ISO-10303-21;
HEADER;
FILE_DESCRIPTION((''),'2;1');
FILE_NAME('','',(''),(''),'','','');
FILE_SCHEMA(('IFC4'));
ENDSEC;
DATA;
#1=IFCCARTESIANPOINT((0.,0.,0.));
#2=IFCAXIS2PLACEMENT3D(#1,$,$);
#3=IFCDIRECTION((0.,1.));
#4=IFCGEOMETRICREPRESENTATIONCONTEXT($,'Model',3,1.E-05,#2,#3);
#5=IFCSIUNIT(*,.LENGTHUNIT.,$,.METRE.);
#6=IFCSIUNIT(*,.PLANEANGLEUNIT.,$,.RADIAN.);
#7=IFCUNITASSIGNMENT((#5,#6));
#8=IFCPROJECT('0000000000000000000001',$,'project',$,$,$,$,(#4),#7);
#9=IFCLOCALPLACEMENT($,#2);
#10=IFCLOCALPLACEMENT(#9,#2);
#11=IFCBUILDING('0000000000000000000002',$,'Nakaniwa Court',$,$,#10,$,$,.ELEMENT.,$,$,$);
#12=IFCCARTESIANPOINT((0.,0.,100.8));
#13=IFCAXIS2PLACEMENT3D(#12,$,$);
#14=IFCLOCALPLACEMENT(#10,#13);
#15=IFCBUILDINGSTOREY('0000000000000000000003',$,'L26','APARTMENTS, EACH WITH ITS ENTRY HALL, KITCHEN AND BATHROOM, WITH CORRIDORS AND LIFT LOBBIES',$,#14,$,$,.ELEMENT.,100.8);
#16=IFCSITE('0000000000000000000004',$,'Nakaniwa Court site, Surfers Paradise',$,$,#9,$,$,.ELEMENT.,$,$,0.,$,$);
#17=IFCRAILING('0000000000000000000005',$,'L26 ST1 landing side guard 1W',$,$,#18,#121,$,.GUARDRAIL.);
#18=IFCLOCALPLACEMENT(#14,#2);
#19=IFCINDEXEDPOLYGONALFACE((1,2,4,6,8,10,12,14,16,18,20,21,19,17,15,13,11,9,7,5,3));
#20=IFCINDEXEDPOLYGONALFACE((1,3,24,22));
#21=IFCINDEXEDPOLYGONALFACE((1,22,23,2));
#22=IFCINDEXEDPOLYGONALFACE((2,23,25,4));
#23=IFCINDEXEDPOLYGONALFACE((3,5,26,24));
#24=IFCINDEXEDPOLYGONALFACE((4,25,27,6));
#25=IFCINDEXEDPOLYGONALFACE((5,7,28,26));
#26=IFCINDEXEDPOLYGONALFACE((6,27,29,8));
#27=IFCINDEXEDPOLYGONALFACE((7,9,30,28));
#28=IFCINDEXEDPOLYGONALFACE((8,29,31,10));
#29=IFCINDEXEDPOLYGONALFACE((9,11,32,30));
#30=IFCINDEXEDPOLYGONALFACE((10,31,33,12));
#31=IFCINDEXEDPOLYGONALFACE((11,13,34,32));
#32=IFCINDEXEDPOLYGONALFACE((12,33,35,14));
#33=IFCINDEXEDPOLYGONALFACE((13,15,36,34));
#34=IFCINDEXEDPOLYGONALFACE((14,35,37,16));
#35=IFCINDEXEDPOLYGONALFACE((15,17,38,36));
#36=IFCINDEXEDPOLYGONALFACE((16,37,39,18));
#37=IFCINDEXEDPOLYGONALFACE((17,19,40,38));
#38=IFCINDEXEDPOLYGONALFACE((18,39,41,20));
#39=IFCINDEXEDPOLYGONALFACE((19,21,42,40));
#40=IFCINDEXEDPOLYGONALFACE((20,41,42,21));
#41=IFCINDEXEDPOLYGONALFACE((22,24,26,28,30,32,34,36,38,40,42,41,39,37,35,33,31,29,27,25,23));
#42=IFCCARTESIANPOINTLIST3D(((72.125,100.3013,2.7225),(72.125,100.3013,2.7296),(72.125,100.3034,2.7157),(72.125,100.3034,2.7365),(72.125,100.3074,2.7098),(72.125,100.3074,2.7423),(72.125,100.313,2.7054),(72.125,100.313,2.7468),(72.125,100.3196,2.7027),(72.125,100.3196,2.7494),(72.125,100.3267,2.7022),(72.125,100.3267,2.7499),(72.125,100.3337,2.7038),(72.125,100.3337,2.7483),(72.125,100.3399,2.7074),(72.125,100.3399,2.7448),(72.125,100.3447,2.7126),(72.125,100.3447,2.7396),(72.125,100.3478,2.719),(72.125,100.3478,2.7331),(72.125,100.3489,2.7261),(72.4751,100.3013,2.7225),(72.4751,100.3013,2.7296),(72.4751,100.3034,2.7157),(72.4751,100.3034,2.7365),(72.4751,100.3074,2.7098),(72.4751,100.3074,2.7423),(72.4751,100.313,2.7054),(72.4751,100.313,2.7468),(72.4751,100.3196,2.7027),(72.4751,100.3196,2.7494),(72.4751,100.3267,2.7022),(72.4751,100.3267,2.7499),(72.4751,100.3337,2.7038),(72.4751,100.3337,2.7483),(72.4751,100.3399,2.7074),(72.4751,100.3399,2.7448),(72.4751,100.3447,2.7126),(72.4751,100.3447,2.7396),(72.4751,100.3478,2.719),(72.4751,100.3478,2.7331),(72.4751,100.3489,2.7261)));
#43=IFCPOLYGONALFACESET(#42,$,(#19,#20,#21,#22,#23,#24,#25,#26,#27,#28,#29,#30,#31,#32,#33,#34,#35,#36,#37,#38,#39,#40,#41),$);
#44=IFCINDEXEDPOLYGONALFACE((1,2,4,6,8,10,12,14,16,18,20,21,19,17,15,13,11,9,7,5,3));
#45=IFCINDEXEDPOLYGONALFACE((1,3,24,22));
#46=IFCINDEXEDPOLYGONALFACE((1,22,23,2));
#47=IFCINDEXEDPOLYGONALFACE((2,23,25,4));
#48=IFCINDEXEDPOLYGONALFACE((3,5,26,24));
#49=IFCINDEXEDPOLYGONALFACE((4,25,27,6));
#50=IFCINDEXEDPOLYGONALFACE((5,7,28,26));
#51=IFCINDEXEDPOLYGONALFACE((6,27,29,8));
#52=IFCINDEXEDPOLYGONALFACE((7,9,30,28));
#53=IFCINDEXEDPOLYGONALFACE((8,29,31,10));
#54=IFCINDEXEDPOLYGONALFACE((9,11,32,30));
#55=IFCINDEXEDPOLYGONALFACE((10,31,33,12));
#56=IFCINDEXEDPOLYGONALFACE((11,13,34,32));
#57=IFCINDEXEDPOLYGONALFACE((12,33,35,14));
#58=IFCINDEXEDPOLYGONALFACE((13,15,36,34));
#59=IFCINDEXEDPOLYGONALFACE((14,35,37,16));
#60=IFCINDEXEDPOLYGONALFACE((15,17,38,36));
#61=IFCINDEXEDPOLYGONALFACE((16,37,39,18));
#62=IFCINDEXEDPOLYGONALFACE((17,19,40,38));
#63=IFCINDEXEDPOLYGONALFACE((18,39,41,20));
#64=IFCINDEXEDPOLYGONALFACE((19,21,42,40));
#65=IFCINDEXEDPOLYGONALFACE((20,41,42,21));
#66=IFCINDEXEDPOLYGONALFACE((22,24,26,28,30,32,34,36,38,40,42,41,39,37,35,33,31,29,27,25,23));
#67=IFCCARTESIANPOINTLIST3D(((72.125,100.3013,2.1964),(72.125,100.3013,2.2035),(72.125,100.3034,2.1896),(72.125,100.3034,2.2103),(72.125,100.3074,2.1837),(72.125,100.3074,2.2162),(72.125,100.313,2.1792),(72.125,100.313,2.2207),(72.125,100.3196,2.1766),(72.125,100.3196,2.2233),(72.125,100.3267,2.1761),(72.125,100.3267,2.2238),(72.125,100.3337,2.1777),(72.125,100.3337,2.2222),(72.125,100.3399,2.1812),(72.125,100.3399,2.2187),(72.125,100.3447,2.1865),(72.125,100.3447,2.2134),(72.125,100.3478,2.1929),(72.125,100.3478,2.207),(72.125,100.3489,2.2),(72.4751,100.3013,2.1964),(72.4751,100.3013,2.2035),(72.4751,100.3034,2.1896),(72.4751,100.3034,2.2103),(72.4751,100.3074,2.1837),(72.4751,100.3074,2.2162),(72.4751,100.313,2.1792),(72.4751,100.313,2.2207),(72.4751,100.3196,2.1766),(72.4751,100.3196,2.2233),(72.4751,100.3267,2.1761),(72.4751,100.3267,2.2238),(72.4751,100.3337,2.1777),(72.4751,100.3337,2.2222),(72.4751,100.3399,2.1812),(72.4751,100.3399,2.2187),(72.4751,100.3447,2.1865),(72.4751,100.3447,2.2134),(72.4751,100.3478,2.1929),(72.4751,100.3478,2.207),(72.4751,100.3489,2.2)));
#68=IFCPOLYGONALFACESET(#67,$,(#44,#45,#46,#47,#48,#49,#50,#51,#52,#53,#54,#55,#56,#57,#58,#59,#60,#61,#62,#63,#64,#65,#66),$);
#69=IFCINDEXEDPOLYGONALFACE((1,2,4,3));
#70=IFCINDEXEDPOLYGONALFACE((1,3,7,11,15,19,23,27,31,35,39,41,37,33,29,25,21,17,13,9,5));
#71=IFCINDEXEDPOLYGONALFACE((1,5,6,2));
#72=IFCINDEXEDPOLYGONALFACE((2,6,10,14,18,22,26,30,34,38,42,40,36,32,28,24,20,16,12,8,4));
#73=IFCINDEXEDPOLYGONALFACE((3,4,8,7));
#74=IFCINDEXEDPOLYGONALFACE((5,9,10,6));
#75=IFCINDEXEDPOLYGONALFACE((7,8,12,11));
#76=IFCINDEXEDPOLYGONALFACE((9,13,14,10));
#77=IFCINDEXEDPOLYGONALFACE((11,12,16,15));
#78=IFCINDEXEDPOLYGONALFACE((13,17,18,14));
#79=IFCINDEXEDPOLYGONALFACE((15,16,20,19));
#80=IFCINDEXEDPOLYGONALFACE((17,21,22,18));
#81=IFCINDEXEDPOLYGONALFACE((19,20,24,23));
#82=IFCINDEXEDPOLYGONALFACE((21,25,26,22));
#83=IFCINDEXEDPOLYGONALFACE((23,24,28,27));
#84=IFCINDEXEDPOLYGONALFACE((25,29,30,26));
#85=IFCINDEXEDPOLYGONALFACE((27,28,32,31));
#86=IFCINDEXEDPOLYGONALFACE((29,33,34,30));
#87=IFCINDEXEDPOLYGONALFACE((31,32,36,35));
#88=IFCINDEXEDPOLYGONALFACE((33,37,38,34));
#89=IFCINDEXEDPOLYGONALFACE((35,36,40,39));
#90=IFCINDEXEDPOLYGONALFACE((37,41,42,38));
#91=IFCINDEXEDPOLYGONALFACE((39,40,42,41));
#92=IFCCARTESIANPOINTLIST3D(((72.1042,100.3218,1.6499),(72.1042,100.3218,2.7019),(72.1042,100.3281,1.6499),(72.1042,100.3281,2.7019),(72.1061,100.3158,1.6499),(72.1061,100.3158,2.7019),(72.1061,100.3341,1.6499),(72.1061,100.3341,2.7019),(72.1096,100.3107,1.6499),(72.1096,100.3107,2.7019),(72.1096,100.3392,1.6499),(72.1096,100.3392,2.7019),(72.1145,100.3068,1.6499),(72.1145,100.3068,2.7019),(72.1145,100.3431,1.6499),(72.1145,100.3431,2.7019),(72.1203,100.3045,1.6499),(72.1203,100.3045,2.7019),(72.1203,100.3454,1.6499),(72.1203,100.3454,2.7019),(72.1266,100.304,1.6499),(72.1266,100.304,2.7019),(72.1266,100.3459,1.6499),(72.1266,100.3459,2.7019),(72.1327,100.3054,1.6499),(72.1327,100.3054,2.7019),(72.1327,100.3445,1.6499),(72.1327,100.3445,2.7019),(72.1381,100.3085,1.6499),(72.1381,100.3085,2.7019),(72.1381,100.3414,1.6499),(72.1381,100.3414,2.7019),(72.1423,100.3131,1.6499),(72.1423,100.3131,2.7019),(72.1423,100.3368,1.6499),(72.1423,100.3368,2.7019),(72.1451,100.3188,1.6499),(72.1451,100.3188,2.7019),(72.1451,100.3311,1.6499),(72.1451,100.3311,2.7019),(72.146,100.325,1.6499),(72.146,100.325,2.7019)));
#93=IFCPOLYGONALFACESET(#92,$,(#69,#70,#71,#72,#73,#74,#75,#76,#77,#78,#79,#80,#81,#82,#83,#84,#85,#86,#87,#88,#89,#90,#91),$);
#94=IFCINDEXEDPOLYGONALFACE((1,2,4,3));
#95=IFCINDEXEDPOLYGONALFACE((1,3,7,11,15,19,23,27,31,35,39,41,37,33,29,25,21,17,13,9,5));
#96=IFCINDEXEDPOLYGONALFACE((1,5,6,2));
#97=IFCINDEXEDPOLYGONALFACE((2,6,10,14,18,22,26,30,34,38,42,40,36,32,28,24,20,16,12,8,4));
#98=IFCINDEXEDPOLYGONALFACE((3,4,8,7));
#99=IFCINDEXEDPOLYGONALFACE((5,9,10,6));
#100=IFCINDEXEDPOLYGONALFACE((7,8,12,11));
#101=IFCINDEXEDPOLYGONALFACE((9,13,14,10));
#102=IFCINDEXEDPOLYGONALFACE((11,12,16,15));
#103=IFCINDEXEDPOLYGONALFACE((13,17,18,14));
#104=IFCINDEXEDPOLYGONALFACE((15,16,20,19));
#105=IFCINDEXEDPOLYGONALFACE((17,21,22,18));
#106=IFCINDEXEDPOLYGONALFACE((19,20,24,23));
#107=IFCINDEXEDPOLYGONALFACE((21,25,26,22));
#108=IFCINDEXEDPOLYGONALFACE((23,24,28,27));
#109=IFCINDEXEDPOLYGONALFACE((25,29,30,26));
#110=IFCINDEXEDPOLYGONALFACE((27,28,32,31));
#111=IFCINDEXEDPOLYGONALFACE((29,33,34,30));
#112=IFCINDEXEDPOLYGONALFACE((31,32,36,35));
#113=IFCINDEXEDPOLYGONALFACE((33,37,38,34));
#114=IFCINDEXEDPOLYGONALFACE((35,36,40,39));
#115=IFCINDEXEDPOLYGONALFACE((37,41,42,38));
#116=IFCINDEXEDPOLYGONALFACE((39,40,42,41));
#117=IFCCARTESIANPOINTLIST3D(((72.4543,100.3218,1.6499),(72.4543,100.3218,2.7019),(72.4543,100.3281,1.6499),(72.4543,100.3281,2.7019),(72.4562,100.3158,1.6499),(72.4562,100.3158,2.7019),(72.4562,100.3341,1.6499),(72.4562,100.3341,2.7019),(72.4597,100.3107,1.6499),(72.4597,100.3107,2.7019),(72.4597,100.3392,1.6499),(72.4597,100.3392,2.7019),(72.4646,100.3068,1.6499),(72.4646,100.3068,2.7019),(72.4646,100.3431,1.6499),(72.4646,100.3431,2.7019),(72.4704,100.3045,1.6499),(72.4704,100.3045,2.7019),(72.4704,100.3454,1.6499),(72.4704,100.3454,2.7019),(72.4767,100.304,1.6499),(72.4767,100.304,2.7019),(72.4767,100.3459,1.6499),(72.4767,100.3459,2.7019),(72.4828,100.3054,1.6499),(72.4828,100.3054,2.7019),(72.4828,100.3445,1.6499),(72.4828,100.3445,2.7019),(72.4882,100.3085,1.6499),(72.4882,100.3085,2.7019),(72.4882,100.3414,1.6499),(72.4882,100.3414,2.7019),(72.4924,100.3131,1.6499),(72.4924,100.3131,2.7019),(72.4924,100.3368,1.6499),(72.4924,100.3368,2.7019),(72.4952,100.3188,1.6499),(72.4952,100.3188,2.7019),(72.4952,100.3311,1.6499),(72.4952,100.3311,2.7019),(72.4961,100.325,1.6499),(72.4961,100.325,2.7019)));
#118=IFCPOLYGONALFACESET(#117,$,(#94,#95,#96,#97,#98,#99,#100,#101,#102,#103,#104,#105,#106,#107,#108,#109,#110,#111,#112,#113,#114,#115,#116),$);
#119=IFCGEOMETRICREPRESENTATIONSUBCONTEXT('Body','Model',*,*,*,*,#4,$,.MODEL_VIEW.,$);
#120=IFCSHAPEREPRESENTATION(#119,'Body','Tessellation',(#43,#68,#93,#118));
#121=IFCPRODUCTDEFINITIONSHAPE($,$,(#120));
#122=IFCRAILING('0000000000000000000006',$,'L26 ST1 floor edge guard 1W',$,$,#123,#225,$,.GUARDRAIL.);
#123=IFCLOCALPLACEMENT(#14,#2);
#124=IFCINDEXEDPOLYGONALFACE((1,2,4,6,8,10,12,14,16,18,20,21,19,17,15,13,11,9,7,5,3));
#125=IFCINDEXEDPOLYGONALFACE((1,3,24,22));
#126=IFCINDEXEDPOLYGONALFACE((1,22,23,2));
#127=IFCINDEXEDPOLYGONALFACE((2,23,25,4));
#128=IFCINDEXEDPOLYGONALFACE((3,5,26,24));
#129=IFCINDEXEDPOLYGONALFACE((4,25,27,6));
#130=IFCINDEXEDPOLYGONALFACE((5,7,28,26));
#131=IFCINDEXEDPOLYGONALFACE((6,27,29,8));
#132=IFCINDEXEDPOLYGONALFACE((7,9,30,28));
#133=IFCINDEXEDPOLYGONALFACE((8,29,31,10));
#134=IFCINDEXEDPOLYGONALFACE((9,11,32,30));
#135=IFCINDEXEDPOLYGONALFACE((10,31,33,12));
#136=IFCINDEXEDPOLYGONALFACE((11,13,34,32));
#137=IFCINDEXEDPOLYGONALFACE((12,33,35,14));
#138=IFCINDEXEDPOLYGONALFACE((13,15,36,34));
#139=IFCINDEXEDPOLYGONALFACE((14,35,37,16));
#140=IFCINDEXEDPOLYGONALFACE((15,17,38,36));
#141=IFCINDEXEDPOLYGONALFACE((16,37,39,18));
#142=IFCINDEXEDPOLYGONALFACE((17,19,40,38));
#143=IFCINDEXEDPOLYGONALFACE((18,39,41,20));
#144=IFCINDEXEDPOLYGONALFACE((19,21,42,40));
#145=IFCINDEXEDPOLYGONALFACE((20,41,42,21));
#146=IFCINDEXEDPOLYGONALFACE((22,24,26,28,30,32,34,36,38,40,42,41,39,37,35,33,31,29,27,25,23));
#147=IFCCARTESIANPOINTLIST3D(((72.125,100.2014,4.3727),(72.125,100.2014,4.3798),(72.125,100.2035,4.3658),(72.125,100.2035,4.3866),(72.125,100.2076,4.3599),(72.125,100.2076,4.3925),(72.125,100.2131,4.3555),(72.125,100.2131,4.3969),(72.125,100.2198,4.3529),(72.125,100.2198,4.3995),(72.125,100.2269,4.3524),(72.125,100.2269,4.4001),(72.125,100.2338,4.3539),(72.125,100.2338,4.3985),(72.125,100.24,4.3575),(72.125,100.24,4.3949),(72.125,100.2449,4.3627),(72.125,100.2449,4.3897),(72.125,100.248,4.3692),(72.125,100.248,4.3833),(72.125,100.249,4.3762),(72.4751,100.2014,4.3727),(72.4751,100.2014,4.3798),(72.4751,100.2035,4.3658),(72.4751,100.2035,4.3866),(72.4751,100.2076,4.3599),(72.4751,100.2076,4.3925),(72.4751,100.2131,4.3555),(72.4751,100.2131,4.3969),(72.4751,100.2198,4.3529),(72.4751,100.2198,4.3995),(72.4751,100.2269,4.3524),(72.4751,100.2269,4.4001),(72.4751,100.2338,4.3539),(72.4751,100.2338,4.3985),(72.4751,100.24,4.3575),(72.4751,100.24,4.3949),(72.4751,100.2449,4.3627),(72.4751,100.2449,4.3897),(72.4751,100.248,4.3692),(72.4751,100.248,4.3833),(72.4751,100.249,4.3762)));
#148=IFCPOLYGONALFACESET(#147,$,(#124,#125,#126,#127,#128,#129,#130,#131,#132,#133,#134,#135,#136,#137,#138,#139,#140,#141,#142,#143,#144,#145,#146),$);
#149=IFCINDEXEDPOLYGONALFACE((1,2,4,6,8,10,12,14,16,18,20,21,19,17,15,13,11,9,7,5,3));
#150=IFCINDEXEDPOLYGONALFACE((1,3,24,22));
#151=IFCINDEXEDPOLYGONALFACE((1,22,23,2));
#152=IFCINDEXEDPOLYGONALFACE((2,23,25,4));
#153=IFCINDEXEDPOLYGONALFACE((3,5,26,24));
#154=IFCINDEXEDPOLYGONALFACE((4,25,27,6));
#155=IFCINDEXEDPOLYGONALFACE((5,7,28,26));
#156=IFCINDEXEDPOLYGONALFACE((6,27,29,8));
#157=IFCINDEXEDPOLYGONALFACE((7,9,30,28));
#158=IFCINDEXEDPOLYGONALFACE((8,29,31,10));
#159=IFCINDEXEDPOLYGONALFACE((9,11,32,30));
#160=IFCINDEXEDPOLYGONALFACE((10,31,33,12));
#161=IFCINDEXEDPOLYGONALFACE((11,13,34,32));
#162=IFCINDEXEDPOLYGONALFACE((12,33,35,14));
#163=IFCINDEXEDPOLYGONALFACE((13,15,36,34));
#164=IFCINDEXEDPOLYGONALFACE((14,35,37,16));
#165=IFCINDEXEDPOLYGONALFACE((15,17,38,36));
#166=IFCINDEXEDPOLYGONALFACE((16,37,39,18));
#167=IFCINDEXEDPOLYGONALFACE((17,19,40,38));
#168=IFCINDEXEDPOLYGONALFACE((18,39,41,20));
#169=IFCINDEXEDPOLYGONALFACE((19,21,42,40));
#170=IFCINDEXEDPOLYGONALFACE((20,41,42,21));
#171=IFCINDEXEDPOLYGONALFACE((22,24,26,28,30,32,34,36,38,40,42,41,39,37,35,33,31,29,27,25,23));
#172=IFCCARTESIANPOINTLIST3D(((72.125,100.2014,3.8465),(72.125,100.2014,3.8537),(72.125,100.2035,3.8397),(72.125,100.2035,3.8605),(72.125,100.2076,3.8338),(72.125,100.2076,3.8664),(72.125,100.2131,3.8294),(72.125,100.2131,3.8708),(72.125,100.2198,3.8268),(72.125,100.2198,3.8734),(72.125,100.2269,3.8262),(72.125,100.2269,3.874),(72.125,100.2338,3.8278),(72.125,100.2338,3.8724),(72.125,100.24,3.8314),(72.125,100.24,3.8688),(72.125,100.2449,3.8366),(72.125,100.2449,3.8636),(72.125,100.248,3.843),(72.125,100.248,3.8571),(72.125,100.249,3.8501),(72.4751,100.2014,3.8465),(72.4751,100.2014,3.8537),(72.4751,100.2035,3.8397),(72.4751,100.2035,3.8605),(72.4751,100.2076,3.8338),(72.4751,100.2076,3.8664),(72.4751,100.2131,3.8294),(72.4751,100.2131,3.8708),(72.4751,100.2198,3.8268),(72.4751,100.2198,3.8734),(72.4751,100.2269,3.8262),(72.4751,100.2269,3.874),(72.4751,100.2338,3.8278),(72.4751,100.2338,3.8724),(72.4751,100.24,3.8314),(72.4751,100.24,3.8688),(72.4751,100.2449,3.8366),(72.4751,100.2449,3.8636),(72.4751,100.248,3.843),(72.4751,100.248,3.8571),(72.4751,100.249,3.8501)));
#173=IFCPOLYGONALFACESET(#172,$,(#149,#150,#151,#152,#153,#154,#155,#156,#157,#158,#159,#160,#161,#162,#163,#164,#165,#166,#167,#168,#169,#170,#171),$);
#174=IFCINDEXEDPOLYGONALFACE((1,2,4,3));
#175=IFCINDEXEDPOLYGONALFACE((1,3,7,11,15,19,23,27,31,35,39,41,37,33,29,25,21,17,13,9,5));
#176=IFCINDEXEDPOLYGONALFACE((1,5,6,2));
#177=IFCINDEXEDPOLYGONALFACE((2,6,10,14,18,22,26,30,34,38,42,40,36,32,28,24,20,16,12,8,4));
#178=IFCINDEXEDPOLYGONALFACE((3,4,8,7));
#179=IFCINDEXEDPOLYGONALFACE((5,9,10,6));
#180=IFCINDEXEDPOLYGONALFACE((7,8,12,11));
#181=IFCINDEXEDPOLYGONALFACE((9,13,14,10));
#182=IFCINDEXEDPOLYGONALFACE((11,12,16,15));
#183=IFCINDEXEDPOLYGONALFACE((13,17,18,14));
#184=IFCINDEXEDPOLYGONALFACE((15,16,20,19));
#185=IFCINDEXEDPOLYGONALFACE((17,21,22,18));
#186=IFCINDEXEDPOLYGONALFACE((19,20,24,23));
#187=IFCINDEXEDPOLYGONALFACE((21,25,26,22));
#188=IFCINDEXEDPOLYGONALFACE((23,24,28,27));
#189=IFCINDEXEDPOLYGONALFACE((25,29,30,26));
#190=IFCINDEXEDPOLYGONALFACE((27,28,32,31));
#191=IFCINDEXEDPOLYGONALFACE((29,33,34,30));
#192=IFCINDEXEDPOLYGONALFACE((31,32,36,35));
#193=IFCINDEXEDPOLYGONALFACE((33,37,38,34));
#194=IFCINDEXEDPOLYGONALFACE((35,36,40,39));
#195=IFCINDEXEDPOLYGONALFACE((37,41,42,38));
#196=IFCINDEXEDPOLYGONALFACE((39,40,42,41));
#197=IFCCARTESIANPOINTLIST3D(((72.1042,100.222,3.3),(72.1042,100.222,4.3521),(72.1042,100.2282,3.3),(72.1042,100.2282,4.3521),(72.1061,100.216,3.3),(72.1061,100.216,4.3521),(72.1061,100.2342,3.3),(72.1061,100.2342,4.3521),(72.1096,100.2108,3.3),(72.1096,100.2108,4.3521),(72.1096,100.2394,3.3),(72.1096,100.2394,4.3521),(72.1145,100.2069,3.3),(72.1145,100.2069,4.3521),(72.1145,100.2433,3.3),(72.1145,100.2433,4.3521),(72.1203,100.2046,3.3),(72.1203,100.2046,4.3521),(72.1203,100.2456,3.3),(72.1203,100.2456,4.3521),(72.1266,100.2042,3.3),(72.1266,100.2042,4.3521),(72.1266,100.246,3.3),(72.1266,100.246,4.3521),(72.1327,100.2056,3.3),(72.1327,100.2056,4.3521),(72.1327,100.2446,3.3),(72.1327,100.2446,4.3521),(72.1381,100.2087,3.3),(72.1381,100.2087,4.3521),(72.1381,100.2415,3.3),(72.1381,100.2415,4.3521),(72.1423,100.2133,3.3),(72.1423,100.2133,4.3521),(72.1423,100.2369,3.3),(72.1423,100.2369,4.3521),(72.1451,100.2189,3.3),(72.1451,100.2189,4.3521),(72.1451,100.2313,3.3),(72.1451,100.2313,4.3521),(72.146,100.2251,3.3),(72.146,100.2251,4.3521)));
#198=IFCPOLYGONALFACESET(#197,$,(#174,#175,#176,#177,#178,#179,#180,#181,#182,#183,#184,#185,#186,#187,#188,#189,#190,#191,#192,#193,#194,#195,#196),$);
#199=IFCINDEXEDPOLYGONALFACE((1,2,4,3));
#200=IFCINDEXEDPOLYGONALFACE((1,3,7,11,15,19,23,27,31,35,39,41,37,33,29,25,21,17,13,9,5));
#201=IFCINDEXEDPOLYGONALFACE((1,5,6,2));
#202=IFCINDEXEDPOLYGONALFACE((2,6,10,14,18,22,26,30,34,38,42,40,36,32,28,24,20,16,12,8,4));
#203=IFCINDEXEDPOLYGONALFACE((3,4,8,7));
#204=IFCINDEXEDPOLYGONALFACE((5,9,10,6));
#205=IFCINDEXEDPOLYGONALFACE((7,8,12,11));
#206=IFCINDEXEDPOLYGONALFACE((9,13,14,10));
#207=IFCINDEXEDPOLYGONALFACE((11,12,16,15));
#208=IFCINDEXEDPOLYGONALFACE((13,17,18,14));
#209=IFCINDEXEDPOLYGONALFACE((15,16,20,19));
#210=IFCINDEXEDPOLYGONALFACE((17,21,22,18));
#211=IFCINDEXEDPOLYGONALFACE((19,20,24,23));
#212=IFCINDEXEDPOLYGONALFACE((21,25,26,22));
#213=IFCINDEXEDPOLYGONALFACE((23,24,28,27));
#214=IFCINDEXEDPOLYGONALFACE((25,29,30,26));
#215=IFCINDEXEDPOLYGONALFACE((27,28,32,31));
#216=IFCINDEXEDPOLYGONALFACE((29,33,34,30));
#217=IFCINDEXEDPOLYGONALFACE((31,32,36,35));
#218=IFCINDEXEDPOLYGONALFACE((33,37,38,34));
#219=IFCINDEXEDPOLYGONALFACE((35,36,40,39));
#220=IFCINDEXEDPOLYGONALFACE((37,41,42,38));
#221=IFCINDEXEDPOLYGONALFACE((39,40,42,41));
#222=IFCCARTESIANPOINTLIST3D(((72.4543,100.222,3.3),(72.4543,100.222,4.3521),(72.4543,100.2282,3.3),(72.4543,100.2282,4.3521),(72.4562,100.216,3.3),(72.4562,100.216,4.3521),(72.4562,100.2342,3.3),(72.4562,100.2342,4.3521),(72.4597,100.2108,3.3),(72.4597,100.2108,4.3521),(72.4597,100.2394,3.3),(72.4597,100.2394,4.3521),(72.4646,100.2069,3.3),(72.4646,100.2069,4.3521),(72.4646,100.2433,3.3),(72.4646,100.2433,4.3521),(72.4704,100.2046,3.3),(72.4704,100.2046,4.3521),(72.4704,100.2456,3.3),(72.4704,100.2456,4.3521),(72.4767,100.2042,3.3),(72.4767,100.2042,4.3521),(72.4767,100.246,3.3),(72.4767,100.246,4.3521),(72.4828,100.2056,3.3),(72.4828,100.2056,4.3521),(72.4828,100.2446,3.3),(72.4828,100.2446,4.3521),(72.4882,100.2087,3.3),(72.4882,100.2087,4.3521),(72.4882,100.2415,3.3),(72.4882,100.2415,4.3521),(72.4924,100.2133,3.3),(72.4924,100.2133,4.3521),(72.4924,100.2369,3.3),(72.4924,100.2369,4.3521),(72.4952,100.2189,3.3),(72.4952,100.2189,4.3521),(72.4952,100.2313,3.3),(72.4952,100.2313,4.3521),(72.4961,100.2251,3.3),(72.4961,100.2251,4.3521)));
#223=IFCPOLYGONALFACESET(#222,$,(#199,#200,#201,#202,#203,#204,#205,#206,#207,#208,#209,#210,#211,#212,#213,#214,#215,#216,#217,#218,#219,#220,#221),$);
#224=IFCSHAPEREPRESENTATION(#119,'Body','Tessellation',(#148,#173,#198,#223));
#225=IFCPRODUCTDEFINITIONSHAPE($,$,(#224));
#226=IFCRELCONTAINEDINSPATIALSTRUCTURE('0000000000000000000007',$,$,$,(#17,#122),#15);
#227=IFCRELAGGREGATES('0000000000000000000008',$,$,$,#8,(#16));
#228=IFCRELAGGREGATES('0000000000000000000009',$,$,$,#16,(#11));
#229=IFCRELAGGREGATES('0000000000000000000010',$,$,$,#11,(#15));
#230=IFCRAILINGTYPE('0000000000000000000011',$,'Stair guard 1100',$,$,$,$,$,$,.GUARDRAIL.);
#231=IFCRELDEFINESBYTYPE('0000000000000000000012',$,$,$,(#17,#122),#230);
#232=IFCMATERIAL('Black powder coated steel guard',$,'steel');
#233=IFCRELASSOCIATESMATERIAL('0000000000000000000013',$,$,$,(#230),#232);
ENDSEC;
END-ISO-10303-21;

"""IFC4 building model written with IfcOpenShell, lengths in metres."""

from ifc_helpers import new_model, si_unit, direction, frame, origin, origin_2d, place, context, subcontext, project, spatial, circle, extrude, material, type_object, element, save


model = new_model("IFC4")

# Units and contexts
model_context = context("Model", 3, precision=1e-05, world=origin(), true_north=direction((0.0, 1.0)))
body_context = subcontext(model_context, "Body", "Model", "MODEL_VIEW")
ifc_project = project(units=[si_unit("LENGTHUNIT", "METRE"), si_unit("PLANEANGLEUNIT", "RADIAN")], contexts=[model_context])

# Site, building, storey
site_placement = place(None, origin())
site = spatial("IfcSite", under=ifc_project, at=site_placement, Name="Nakaniwa Court site, Surfers Paradise", CompositionType="ELEMENT", RefElevation=0.0)
building_placement = place(site_placement, origin())
building = spatial("IfcBuilding", under=site, at=building_placement, Name="Nakaniwa Court", CompositionType="ELEMENT")
storey_placement = place(building_placement, frame((0.0, 0.0, 100.8)))
storey = spatial("IfcBuildingStorey", under=building, at=storey_placement, Name="L26", Description="APARTMENTS, EACH WITH ITS ENTRY HALL, KITCHEN AND BATHROOM, WITH CORRIDORS AND LIFT LOBBIES", CompositionType="ELEMENT", Elevation=100.8)

# Railings
ifc_material_1 = material(Name="Black powder coated steel guard", Category="steel")
railing_type_1 = type_object("IfcRailingType", Name="Stair guard 1100", PredefinedType="GUARDRAIL", material=ifc_material_1)
for number, where, name in (
    (1, (72.125, 100.325, 1.6499), "L26 ST1 landing side guard 1W"),
    (2, (72.125, 100.2251, 3.3), "L26 ST1 floor edge guard 1W"),
):
    element("IfcRailing", number, at=place(storey_placement, frame(where)), inside=storey, type_object=railing_type_1, Name=name, PredefinedType="GUARDRAIL", context=body_context, shape_type="SweptSolid", body=[
        extrude(circle(Radius=0.0239, at=origin_2d()), frame((0.0, 0.0, 1.0762), z_axis=(1.0, 0.0, 0.0), x_axis=(0.0, 1.0, 0.0)), (0.0, 0.0, 1.0), 0.3501),
        extrude(circle(Radius=0.0239, at=origin_2d()), frame((0.0, 0.0, 0.55), z_axis=(1.0, 0.0, 0.0), x_axis=(0.0, 1.0, 0.0)), (0.0, 0.0, 1.0), 0.3501),
        extrude(circle(Radius=0.021, at=origin_2d()), origin(), (0.0, 0.0, 1.0), 1.052),
        extrude(circle(Radius=0.021, at=origin_2d()), frame((0.3501, 0.0, 0.0)), (0.0, 0.0, 1.0), 1.052),
    ])

save(model, "model.ifc")
